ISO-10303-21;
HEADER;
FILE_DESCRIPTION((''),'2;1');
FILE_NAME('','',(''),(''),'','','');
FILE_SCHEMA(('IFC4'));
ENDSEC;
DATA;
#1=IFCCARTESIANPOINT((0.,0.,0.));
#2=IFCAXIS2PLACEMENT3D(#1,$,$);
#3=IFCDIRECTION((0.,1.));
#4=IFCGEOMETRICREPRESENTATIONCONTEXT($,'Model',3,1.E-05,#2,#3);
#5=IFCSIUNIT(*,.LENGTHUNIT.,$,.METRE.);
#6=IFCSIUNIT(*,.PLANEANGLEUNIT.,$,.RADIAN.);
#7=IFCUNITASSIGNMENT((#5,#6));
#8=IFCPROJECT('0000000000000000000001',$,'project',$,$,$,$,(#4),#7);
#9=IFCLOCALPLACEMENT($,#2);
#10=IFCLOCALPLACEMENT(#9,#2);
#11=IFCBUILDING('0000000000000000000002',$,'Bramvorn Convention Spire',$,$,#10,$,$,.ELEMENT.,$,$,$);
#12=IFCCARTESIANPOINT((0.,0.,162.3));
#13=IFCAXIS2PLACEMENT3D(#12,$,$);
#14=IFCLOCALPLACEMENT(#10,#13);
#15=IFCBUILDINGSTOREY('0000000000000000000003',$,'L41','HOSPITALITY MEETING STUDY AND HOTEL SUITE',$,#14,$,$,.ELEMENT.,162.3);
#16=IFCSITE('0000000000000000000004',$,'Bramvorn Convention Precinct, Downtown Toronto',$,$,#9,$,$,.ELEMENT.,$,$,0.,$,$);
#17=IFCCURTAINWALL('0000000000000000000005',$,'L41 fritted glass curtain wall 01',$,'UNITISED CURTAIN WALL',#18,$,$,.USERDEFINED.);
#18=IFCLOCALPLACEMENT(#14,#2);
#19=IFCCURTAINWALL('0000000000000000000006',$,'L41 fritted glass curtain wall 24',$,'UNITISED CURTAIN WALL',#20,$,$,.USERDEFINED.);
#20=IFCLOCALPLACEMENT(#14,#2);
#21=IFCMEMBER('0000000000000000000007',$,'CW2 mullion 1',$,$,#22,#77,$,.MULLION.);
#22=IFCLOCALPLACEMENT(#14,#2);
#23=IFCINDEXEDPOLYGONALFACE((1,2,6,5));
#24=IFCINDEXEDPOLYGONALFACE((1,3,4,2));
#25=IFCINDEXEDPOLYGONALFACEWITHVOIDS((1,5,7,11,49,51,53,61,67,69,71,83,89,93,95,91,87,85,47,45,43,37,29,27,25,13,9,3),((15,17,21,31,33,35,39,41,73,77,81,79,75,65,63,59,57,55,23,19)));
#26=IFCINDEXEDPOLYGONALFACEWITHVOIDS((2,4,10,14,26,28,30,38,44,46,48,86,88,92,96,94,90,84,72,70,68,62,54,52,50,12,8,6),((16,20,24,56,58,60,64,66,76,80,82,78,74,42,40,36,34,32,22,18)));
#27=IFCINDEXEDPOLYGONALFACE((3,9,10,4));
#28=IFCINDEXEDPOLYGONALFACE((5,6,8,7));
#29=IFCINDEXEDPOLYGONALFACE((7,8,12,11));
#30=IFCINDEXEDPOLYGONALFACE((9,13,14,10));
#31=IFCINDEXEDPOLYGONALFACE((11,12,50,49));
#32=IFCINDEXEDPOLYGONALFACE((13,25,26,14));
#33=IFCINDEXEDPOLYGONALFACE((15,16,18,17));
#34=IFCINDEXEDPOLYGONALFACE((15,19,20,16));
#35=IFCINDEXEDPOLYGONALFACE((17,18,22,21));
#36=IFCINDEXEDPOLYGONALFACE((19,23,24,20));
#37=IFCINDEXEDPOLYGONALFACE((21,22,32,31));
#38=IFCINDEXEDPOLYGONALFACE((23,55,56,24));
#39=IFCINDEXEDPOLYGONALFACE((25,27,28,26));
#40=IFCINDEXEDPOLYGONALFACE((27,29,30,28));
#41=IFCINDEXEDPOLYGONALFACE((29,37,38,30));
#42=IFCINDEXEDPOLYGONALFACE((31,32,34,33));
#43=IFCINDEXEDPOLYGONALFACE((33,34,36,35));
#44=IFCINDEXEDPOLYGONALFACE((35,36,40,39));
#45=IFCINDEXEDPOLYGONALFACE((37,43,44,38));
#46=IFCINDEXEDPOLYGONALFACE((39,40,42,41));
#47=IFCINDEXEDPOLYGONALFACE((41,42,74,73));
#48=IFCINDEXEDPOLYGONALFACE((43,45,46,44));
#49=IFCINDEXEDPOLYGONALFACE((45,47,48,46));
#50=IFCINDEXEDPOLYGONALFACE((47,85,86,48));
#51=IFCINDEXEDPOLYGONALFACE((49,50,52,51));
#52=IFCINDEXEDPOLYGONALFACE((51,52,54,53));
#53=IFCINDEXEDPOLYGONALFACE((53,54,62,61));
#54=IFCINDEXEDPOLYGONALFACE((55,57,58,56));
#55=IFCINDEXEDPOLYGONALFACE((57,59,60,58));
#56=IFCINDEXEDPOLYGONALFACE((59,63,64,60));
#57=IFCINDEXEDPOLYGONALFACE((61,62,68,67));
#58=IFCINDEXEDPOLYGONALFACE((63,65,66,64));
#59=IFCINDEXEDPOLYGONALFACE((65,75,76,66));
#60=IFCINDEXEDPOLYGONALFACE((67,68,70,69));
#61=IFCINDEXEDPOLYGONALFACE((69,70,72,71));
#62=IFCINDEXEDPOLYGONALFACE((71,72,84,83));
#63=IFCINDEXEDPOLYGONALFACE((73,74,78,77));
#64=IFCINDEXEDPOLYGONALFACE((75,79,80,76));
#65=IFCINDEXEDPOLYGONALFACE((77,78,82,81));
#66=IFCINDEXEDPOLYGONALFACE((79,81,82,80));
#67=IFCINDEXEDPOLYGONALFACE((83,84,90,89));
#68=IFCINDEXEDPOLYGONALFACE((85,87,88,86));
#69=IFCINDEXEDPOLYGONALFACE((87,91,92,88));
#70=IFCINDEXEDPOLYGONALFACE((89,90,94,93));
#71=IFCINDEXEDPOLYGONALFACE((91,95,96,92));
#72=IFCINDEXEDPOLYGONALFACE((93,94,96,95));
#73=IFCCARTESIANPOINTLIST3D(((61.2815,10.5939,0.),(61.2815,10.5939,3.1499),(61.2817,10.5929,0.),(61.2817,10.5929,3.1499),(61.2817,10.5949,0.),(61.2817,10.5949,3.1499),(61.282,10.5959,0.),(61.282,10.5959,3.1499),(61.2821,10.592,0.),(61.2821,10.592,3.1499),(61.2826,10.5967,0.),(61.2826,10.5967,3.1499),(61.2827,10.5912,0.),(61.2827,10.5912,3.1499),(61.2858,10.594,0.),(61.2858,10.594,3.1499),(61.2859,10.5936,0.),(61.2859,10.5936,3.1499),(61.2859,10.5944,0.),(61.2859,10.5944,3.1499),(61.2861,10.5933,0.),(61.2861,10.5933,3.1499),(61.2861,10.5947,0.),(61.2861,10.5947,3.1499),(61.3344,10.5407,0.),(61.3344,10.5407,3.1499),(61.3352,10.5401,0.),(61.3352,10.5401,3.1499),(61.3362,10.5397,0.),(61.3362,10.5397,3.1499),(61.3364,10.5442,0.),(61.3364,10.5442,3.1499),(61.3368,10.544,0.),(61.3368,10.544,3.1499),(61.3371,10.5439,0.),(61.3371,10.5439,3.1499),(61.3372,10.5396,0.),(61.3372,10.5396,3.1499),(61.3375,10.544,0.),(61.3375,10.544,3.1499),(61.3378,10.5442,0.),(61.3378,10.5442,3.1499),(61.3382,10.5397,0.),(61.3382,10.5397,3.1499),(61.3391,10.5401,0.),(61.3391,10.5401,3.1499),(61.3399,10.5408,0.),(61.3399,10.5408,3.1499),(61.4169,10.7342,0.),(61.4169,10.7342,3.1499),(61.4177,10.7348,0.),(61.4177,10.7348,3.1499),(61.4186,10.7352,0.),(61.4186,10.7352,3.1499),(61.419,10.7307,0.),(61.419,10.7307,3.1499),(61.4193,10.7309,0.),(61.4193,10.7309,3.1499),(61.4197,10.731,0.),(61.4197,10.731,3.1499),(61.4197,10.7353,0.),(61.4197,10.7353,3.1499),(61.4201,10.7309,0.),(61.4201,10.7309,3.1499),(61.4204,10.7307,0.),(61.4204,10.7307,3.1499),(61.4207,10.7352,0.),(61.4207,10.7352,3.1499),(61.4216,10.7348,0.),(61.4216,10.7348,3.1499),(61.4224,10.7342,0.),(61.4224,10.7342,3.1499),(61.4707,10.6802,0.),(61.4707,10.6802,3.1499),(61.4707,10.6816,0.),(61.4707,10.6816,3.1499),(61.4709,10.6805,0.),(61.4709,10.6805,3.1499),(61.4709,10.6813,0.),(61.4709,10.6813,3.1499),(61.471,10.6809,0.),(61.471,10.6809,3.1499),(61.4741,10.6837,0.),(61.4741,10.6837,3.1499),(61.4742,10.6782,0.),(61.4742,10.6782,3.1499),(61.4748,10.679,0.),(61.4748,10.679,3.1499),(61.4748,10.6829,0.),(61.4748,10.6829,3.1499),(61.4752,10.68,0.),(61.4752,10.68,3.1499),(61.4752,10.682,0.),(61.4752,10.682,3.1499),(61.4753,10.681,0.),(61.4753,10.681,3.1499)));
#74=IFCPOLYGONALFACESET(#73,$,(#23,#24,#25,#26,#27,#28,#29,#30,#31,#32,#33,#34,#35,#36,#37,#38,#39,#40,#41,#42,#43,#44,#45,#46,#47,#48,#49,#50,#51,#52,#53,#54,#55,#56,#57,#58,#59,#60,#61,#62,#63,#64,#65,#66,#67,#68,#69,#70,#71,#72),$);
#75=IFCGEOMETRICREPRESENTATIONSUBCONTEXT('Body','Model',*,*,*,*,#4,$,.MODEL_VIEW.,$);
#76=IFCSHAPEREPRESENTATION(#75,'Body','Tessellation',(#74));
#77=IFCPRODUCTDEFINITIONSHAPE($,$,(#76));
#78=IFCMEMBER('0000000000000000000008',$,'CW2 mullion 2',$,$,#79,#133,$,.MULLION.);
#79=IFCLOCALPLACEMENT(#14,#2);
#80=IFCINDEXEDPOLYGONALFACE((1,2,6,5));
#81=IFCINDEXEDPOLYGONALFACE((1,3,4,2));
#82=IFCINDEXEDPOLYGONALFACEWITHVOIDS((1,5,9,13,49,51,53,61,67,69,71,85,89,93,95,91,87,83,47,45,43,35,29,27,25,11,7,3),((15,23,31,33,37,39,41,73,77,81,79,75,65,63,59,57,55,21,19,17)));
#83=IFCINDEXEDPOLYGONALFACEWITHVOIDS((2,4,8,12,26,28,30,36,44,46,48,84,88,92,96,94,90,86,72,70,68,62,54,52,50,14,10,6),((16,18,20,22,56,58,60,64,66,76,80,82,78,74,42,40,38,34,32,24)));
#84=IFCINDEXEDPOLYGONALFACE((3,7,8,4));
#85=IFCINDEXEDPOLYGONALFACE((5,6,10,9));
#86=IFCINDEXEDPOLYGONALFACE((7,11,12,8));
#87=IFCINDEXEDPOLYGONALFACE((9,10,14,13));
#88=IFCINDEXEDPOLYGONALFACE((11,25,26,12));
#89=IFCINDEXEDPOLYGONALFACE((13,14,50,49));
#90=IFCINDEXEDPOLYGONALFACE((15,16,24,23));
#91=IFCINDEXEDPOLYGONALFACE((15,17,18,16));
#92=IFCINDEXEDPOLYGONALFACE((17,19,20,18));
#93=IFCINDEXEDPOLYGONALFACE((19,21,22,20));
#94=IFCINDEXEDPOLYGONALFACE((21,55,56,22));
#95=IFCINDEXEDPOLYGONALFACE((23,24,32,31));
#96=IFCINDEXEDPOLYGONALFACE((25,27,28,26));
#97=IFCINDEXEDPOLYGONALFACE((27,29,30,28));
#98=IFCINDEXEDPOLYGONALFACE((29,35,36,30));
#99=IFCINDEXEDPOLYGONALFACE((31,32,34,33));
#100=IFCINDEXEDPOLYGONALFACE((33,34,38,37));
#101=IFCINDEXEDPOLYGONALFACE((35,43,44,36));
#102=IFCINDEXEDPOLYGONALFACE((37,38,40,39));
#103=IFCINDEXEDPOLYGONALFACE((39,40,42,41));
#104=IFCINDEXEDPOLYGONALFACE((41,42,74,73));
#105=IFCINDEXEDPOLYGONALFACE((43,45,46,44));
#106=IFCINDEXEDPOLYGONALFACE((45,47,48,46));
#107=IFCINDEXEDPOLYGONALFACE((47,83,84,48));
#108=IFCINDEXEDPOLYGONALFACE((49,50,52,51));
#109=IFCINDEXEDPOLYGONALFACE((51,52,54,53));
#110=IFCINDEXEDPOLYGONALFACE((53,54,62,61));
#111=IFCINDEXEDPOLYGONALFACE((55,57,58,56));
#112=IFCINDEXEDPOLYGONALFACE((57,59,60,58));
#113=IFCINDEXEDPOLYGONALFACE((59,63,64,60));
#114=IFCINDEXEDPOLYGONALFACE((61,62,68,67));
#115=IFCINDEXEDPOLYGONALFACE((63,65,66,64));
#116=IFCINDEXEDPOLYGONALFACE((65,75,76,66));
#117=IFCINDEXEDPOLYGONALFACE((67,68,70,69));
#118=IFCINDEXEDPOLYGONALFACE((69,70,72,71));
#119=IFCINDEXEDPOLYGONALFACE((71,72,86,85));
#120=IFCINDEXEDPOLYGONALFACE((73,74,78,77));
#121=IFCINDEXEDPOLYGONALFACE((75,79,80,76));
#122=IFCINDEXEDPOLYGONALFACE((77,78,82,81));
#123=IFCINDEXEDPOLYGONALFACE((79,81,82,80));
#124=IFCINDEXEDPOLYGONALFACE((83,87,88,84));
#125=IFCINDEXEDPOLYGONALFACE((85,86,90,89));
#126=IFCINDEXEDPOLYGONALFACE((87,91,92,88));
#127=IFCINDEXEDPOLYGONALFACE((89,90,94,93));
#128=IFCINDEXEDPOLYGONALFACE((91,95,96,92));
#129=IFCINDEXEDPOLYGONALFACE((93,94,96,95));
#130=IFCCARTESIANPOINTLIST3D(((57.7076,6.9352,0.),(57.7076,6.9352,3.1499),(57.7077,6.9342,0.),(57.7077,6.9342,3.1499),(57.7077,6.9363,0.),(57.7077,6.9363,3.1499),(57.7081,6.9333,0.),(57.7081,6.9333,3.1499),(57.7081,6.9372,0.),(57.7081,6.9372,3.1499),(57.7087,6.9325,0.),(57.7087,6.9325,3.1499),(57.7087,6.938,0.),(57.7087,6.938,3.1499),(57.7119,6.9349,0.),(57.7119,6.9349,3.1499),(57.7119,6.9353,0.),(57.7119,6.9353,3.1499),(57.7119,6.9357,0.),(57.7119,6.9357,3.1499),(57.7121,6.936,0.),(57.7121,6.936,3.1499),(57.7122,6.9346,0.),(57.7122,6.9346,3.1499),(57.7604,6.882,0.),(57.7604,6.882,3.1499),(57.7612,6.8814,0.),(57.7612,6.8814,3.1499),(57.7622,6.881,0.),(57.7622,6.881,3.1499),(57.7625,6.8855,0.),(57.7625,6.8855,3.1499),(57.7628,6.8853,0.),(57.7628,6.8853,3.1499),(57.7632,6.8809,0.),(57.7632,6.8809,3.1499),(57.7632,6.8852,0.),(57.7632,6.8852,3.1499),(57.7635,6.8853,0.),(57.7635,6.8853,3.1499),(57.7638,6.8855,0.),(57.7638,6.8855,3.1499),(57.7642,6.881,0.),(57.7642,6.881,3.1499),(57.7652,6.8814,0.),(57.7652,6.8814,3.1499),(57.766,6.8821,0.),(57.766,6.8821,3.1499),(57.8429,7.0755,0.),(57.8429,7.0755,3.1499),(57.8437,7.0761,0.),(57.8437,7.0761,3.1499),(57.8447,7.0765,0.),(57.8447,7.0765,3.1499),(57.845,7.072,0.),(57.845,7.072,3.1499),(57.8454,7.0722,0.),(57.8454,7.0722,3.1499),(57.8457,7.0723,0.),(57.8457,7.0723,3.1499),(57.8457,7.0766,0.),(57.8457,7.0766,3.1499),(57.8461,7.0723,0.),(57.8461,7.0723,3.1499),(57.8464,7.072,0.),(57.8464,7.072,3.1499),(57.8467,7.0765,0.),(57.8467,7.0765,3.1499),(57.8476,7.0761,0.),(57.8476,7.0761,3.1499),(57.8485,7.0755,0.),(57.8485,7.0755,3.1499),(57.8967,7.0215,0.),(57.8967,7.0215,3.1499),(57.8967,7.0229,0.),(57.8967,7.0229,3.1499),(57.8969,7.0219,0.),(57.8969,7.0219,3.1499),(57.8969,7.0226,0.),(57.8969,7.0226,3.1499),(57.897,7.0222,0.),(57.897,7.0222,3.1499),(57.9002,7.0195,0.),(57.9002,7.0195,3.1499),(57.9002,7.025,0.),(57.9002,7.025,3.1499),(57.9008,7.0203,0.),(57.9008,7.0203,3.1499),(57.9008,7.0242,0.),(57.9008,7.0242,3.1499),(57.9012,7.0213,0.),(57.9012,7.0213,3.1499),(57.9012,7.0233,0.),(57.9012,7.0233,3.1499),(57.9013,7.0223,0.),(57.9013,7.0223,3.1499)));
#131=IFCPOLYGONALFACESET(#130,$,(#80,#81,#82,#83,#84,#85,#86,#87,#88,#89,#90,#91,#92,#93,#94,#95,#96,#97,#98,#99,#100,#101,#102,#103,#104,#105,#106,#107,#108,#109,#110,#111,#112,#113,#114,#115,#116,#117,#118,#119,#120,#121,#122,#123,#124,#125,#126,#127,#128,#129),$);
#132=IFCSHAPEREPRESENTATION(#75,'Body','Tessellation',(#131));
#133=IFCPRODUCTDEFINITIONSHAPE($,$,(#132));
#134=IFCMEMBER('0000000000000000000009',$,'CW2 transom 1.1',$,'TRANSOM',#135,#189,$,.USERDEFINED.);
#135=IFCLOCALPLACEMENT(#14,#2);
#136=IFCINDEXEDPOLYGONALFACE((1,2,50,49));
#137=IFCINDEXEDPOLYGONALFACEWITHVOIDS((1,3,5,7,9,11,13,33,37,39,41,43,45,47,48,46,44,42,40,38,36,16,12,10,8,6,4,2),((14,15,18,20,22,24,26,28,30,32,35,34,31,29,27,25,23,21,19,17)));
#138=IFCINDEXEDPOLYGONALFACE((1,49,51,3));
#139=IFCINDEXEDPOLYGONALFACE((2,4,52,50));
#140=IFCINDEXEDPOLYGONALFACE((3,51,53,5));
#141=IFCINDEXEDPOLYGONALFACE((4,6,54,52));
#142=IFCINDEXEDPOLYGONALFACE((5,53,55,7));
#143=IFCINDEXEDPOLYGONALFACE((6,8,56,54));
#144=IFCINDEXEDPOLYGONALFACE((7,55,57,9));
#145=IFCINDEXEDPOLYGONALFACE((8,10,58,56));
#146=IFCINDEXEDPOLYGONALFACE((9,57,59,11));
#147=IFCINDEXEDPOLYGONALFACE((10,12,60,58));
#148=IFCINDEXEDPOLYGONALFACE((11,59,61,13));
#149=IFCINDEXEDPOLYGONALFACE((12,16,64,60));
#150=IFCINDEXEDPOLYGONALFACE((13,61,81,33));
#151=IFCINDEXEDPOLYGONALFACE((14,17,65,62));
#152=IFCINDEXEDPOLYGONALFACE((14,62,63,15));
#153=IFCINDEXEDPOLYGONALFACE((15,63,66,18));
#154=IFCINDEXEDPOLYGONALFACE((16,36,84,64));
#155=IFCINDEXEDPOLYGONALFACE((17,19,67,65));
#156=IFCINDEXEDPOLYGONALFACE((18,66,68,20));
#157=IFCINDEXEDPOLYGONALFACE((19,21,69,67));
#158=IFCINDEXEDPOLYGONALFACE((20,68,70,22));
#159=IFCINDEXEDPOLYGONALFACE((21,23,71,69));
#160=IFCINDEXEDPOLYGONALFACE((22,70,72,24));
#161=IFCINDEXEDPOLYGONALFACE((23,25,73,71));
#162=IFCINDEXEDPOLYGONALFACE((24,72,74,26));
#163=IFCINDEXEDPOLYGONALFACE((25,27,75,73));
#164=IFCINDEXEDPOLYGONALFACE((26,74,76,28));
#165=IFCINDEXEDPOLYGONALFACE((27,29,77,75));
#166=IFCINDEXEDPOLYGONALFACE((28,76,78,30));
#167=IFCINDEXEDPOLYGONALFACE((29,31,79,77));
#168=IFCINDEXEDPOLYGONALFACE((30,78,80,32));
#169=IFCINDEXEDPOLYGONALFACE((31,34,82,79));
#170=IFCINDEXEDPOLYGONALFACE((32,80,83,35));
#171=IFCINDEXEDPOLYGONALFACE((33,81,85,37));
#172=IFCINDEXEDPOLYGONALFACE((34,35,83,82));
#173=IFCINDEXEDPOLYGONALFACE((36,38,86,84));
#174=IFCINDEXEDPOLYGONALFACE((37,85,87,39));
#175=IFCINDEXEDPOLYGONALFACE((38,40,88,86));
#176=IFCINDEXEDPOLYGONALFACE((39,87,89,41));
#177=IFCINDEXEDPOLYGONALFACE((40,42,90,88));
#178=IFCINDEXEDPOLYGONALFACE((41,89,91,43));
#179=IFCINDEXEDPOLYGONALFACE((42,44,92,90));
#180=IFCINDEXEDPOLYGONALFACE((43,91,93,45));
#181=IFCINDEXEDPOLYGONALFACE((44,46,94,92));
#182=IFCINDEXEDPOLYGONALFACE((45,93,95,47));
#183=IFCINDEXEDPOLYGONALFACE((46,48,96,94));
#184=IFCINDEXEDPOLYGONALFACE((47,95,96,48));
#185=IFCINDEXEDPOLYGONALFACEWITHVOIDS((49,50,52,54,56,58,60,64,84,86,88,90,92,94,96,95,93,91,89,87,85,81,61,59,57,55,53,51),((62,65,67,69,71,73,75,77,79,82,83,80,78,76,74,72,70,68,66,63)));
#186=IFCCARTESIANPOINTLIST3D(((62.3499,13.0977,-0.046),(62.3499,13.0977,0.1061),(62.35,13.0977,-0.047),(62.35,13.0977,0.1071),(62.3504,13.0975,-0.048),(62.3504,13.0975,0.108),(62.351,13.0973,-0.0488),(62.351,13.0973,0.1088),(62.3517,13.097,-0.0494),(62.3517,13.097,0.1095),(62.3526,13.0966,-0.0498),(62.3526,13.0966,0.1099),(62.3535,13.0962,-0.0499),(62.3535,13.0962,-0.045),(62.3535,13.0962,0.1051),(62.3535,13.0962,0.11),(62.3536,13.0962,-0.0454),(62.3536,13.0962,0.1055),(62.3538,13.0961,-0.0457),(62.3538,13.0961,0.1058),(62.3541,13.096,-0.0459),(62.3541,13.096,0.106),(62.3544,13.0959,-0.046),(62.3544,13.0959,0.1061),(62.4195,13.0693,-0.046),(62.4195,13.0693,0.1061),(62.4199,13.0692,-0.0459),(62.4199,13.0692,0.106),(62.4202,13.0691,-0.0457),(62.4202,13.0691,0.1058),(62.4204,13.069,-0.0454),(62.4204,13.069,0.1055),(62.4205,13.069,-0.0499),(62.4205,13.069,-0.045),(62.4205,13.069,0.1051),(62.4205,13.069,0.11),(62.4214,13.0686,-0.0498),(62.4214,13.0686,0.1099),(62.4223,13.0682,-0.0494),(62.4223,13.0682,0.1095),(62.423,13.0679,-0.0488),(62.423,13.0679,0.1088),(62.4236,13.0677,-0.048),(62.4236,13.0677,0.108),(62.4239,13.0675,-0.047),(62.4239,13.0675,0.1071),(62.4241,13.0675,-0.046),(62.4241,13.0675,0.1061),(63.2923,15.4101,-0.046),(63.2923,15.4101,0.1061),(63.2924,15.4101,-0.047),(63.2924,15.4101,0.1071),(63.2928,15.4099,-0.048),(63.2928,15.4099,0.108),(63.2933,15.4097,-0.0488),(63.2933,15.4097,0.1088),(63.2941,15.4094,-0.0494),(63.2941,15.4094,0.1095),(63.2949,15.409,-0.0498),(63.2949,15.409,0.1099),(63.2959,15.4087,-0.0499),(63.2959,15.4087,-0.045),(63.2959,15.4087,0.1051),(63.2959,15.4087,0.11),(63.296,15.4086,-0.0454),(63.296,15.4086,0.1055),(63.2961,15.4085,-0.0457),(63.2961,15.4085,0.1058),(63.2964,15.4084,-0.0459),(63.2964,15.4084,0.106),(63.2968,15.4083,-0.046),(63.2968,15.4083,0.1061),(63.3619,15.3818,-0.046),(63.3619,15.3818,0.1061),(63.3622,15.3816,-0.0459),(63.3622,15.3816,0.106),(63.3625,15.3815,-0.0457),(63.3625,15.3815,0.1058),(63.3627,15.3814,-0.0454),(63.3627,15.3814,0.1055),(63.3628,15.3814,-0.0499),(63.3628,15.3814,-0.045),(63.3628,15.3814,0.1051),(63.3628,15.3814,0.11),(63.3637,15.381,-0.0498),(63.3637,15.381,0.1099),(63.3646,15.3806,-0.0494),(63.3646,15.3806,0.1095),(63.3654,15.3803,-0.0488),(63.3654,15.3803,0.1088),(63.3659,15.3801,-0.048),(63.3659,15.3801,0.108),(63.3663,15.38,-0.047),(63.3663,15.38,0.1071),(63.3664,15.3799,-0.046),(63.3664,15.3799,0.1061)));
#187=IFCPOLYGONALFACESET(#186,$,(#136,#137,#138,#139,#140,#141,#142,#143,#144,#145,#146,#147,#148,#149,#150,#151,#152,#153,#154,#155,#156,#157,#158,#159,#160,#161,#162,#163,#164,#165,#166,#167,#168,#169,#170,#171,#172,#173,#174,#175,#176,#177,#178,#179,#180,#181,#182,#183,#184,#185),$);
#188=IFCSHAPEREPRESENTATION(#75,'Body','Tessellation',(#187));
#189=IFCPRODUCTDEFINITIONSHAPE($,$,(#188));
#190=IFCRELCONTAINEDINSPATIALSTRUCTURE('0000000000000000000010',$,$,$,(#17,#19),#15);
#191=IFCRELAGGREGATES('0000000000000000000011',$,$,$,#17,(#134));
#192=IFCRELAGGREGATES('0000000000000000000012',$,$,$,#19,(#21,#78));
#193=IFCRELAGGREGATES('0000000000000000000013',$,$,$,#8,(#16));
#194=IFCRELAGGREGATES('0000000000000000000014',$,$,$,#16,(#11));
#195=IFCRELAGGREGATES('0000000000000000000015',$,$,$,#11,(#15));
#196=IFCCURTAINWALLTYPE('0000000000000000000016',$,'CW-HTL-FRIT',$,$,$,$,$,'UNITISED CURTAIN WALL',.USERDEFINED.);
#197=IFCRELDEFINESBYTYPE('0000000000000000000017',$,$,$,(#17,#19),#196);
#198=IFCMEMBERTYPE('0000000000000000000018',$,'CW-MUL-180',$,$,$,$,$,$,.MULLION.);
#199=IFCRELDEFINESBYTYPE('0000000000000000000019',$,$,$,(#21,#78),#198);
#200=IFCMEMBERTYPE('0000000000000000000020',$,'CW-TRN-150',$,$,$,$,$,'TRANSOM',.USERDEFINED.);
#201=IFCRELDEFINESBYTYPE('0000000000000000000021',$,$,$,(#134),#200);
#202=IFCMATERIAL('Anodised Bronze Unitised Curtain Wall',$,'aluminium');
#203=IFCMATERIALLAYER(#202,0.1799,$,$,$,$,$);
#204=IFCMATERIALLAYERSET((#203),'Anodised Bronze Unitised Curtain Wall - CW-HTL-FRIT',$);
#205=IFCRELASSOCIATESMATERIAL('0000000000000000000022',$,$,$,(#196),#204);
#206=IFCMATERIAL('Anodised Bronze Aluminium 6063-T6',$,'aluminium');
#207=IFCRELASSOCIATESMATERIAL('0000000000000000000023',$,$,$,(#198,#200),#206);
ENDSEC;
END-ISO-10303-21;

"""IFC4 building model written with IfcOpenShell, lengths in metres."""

from ifc_helpers import new_model, si_unit, direction, frame, origin, origin_2d, place, context, subcontext, project, spatial, hollow_rectangle, extrude, material, layer, layer_set, material_profile, profile_set, type_object, element, aggregate, save


model = new_model("IFC4")

# Units and contexts
model_context = context("Model", 3, precision=1e-05, world=origin(), true_north=direction((0.0, 1.0)))
body_context = subcontext(model_context, "Body", "Model", "MODEL_VIEW")
ifc_project = project(units=[si_unit("LENGTHUNIT", "METRE"), si_unit("PLANEANGLEUNIT", "RADIAN")], contexts=[model_context])

# Site, building, storey
site_placement = place(None, origin())
site = spatial("IfcSite", under=ifc_project, at=site_placement, Name="Bramvorn Convention Precinct, Downtown Toronto", CompositionType="ELEMENT", RefElevation=0.0)
building_placement = place(site_placement, origin())
building = spatial("IfcBuilding", under=site, at=building_placement, Name="Bramvorn Convention Spire", CompositionType="ELEMENT")
storey_placement = place(building_placement, frame((0.0, 0.0, 162.3)))
storey = spatial("IfcBuildingStorey", under=building, at=storey_placement, Name="L41", Description="HOSPITALITY MEETING STUDY AND HOTEL SUITE", CompositionType="ELEMENT", Elevation=162.3)

# Curtain walls, members
ifc_material_1 = material(Name="Anodised Bronze Unitised Curtain Wall", Category="aluminium")
ifc_layer_1 = layer(ifc_material_1, 0.1799)
ifc_layer_set_1 = layer_set([ifc_layer_1], Name="Anodised Bronze Unitised Curtain Wall - CW-HTL-FRIT")
curtain_wall_type = type_object("IfcCurtainWallType", Name="CW-HTL-FRIT", ElementType="UNITISED CURTAIN WALL", PredefinedType="USERDEFINED", material=ifc_layer_set_1)
curtain_wall_1_placement = place(storey_placement, origin())
curtain_wall_1 = element("IfcCurtainWall", 1, at=curtain_wall_1_placement, inside=storey, type_object=curtain_wall_type, Name="L41 fritted glass curtain wall 01", ObjectType="UNITISED CURTAIN WALL", PredefinedType="USERDEFINED")
ifc_material_2 = material(Name="Anodised Bronze Aluminium 6063-T6", Category="aluminium")
ifc_material_profile_1 = material_profile(ifc_material_2, hollow_rectangle(XDim=0.0801, YDim=0.2, WallThickness=0.0039, InnerFilletRadius=0.001, OuterFilletRadius=0.0039, at=origin_2d()))
ifc_profile_set_1 = profile_set([ifc_material_profile_1], Name="Anodised Bronze Aluminium 6063-T6 - CWM80X200")
member_type_1 = type_object("IfcMemberType", Name="CW-MUL-180", PredefinedType="MULLION", material=ifc_profile_set_1)
curtain_wall_2_placement = place(storey_placement, origin())
curtain_wall_2 = element("IfcCurtainWall", 2, at=curtain_wall_2_placement, inside=storey, type_object=curtain_wall_type, Name="L41 fritted glass curtain wall 24", ObjectType="UNITISED CURTAIN WALL", PredefinedType="USERDEFINED")
member_1_placement = place(storey_placement, frame((61.3784, 10.6375, 0.0), z_axis=(0.0, 0.0, 1.0), x_axis=(0.715349, -0.698767, 0.0)))
member_1 = element("IfcMember", 3, at=member_1_placement, type_object=member_type_1, Name="CW2 mullion 1", PredefinedType="MULLION", context=body_context, shape_type="SweptSolid", body=[
    extrude(hollow_rectangle(XDim=0.0801, YDim=0.2, WallThickness=0.0039, InnerFilletRadius=0.001, OuterFilletRadius=0.0039, at=origin_2d()), origin(), (0.0, 0.0, 1.0), 3.1499),
])
member_2_placement = place(storey_placement, frame((57.8044, 6.9788, 0.0), z_axis=(0.0, 0.0, 1.0), x_axis=(0.715349, -0.698767, 0.0)))
member_2 = element("IfcMember", 4, at=member_2_placement, type_object=member_type_1, Name="CW2 mullion 2", PredefinedType="MULLION", context=body_context, shape_type="SweptSolid", body=[
    extrude(hollow_rectangle(XDim=0.0801, YDim=0.2, WallThickness=0.0039, InnerFilletRadius=0.001, OuterFilletRadius=0.0039, at=origin_2d()), origin(), (0.0, 0.0, 1.0), 3.1499),
])

# Member
ifc_material_profile_2 = material_profile(ifc_material_2, hollow_rectangle(XDim=0.0801, YDim=0.1599, WallThickness=0.0039, InnerFilletRadius=0.001, OuterFilletRadius=0.0039, at=origin_2d()))
ifc_profile_set_2 = profile_set([ifc_material_profile_2], Name="Anodised Bronze Aluminium 6063-T6 - CWT80X160")
member_type_2 = type_object("IfcMemberType", Name="CW-TRN-150", ElementType="TRANSOM", PredefinedType="USERDEFINED", material=ifc_profile_set_2)
member_3_placement = place(storey_placement, frame((63.3293, 15.395, 0.03), z_axis=(-0.377384, -0.926057, 0.0), x_axis=(0.926057, -0.377384, 0.0)))
member_3 = element("IfcMember", 5, at=member_3_placement, type_object=member_type_2, Name="CW2 transom 1.1", ObjectType="TRANSOM", PredefinedType="USERDEFINED", context=body_context, shape_type="SweptSolid", body=[
    extrude(hollow_rectangle(XDim=0.0801, YDim=0.1599, WallThickness=0.0039, InnerFilletRadius=0.001, OuterFilletRadius=0.0039, at=origin_2d()), origin(), (0.0, 0.0, 1.0), 2.4971),
])

aggregate(curtain_wall_1, [member_3])
aggregate(curtain_wall_2, [member_1, member_2])

save(model, "model.ifc")
